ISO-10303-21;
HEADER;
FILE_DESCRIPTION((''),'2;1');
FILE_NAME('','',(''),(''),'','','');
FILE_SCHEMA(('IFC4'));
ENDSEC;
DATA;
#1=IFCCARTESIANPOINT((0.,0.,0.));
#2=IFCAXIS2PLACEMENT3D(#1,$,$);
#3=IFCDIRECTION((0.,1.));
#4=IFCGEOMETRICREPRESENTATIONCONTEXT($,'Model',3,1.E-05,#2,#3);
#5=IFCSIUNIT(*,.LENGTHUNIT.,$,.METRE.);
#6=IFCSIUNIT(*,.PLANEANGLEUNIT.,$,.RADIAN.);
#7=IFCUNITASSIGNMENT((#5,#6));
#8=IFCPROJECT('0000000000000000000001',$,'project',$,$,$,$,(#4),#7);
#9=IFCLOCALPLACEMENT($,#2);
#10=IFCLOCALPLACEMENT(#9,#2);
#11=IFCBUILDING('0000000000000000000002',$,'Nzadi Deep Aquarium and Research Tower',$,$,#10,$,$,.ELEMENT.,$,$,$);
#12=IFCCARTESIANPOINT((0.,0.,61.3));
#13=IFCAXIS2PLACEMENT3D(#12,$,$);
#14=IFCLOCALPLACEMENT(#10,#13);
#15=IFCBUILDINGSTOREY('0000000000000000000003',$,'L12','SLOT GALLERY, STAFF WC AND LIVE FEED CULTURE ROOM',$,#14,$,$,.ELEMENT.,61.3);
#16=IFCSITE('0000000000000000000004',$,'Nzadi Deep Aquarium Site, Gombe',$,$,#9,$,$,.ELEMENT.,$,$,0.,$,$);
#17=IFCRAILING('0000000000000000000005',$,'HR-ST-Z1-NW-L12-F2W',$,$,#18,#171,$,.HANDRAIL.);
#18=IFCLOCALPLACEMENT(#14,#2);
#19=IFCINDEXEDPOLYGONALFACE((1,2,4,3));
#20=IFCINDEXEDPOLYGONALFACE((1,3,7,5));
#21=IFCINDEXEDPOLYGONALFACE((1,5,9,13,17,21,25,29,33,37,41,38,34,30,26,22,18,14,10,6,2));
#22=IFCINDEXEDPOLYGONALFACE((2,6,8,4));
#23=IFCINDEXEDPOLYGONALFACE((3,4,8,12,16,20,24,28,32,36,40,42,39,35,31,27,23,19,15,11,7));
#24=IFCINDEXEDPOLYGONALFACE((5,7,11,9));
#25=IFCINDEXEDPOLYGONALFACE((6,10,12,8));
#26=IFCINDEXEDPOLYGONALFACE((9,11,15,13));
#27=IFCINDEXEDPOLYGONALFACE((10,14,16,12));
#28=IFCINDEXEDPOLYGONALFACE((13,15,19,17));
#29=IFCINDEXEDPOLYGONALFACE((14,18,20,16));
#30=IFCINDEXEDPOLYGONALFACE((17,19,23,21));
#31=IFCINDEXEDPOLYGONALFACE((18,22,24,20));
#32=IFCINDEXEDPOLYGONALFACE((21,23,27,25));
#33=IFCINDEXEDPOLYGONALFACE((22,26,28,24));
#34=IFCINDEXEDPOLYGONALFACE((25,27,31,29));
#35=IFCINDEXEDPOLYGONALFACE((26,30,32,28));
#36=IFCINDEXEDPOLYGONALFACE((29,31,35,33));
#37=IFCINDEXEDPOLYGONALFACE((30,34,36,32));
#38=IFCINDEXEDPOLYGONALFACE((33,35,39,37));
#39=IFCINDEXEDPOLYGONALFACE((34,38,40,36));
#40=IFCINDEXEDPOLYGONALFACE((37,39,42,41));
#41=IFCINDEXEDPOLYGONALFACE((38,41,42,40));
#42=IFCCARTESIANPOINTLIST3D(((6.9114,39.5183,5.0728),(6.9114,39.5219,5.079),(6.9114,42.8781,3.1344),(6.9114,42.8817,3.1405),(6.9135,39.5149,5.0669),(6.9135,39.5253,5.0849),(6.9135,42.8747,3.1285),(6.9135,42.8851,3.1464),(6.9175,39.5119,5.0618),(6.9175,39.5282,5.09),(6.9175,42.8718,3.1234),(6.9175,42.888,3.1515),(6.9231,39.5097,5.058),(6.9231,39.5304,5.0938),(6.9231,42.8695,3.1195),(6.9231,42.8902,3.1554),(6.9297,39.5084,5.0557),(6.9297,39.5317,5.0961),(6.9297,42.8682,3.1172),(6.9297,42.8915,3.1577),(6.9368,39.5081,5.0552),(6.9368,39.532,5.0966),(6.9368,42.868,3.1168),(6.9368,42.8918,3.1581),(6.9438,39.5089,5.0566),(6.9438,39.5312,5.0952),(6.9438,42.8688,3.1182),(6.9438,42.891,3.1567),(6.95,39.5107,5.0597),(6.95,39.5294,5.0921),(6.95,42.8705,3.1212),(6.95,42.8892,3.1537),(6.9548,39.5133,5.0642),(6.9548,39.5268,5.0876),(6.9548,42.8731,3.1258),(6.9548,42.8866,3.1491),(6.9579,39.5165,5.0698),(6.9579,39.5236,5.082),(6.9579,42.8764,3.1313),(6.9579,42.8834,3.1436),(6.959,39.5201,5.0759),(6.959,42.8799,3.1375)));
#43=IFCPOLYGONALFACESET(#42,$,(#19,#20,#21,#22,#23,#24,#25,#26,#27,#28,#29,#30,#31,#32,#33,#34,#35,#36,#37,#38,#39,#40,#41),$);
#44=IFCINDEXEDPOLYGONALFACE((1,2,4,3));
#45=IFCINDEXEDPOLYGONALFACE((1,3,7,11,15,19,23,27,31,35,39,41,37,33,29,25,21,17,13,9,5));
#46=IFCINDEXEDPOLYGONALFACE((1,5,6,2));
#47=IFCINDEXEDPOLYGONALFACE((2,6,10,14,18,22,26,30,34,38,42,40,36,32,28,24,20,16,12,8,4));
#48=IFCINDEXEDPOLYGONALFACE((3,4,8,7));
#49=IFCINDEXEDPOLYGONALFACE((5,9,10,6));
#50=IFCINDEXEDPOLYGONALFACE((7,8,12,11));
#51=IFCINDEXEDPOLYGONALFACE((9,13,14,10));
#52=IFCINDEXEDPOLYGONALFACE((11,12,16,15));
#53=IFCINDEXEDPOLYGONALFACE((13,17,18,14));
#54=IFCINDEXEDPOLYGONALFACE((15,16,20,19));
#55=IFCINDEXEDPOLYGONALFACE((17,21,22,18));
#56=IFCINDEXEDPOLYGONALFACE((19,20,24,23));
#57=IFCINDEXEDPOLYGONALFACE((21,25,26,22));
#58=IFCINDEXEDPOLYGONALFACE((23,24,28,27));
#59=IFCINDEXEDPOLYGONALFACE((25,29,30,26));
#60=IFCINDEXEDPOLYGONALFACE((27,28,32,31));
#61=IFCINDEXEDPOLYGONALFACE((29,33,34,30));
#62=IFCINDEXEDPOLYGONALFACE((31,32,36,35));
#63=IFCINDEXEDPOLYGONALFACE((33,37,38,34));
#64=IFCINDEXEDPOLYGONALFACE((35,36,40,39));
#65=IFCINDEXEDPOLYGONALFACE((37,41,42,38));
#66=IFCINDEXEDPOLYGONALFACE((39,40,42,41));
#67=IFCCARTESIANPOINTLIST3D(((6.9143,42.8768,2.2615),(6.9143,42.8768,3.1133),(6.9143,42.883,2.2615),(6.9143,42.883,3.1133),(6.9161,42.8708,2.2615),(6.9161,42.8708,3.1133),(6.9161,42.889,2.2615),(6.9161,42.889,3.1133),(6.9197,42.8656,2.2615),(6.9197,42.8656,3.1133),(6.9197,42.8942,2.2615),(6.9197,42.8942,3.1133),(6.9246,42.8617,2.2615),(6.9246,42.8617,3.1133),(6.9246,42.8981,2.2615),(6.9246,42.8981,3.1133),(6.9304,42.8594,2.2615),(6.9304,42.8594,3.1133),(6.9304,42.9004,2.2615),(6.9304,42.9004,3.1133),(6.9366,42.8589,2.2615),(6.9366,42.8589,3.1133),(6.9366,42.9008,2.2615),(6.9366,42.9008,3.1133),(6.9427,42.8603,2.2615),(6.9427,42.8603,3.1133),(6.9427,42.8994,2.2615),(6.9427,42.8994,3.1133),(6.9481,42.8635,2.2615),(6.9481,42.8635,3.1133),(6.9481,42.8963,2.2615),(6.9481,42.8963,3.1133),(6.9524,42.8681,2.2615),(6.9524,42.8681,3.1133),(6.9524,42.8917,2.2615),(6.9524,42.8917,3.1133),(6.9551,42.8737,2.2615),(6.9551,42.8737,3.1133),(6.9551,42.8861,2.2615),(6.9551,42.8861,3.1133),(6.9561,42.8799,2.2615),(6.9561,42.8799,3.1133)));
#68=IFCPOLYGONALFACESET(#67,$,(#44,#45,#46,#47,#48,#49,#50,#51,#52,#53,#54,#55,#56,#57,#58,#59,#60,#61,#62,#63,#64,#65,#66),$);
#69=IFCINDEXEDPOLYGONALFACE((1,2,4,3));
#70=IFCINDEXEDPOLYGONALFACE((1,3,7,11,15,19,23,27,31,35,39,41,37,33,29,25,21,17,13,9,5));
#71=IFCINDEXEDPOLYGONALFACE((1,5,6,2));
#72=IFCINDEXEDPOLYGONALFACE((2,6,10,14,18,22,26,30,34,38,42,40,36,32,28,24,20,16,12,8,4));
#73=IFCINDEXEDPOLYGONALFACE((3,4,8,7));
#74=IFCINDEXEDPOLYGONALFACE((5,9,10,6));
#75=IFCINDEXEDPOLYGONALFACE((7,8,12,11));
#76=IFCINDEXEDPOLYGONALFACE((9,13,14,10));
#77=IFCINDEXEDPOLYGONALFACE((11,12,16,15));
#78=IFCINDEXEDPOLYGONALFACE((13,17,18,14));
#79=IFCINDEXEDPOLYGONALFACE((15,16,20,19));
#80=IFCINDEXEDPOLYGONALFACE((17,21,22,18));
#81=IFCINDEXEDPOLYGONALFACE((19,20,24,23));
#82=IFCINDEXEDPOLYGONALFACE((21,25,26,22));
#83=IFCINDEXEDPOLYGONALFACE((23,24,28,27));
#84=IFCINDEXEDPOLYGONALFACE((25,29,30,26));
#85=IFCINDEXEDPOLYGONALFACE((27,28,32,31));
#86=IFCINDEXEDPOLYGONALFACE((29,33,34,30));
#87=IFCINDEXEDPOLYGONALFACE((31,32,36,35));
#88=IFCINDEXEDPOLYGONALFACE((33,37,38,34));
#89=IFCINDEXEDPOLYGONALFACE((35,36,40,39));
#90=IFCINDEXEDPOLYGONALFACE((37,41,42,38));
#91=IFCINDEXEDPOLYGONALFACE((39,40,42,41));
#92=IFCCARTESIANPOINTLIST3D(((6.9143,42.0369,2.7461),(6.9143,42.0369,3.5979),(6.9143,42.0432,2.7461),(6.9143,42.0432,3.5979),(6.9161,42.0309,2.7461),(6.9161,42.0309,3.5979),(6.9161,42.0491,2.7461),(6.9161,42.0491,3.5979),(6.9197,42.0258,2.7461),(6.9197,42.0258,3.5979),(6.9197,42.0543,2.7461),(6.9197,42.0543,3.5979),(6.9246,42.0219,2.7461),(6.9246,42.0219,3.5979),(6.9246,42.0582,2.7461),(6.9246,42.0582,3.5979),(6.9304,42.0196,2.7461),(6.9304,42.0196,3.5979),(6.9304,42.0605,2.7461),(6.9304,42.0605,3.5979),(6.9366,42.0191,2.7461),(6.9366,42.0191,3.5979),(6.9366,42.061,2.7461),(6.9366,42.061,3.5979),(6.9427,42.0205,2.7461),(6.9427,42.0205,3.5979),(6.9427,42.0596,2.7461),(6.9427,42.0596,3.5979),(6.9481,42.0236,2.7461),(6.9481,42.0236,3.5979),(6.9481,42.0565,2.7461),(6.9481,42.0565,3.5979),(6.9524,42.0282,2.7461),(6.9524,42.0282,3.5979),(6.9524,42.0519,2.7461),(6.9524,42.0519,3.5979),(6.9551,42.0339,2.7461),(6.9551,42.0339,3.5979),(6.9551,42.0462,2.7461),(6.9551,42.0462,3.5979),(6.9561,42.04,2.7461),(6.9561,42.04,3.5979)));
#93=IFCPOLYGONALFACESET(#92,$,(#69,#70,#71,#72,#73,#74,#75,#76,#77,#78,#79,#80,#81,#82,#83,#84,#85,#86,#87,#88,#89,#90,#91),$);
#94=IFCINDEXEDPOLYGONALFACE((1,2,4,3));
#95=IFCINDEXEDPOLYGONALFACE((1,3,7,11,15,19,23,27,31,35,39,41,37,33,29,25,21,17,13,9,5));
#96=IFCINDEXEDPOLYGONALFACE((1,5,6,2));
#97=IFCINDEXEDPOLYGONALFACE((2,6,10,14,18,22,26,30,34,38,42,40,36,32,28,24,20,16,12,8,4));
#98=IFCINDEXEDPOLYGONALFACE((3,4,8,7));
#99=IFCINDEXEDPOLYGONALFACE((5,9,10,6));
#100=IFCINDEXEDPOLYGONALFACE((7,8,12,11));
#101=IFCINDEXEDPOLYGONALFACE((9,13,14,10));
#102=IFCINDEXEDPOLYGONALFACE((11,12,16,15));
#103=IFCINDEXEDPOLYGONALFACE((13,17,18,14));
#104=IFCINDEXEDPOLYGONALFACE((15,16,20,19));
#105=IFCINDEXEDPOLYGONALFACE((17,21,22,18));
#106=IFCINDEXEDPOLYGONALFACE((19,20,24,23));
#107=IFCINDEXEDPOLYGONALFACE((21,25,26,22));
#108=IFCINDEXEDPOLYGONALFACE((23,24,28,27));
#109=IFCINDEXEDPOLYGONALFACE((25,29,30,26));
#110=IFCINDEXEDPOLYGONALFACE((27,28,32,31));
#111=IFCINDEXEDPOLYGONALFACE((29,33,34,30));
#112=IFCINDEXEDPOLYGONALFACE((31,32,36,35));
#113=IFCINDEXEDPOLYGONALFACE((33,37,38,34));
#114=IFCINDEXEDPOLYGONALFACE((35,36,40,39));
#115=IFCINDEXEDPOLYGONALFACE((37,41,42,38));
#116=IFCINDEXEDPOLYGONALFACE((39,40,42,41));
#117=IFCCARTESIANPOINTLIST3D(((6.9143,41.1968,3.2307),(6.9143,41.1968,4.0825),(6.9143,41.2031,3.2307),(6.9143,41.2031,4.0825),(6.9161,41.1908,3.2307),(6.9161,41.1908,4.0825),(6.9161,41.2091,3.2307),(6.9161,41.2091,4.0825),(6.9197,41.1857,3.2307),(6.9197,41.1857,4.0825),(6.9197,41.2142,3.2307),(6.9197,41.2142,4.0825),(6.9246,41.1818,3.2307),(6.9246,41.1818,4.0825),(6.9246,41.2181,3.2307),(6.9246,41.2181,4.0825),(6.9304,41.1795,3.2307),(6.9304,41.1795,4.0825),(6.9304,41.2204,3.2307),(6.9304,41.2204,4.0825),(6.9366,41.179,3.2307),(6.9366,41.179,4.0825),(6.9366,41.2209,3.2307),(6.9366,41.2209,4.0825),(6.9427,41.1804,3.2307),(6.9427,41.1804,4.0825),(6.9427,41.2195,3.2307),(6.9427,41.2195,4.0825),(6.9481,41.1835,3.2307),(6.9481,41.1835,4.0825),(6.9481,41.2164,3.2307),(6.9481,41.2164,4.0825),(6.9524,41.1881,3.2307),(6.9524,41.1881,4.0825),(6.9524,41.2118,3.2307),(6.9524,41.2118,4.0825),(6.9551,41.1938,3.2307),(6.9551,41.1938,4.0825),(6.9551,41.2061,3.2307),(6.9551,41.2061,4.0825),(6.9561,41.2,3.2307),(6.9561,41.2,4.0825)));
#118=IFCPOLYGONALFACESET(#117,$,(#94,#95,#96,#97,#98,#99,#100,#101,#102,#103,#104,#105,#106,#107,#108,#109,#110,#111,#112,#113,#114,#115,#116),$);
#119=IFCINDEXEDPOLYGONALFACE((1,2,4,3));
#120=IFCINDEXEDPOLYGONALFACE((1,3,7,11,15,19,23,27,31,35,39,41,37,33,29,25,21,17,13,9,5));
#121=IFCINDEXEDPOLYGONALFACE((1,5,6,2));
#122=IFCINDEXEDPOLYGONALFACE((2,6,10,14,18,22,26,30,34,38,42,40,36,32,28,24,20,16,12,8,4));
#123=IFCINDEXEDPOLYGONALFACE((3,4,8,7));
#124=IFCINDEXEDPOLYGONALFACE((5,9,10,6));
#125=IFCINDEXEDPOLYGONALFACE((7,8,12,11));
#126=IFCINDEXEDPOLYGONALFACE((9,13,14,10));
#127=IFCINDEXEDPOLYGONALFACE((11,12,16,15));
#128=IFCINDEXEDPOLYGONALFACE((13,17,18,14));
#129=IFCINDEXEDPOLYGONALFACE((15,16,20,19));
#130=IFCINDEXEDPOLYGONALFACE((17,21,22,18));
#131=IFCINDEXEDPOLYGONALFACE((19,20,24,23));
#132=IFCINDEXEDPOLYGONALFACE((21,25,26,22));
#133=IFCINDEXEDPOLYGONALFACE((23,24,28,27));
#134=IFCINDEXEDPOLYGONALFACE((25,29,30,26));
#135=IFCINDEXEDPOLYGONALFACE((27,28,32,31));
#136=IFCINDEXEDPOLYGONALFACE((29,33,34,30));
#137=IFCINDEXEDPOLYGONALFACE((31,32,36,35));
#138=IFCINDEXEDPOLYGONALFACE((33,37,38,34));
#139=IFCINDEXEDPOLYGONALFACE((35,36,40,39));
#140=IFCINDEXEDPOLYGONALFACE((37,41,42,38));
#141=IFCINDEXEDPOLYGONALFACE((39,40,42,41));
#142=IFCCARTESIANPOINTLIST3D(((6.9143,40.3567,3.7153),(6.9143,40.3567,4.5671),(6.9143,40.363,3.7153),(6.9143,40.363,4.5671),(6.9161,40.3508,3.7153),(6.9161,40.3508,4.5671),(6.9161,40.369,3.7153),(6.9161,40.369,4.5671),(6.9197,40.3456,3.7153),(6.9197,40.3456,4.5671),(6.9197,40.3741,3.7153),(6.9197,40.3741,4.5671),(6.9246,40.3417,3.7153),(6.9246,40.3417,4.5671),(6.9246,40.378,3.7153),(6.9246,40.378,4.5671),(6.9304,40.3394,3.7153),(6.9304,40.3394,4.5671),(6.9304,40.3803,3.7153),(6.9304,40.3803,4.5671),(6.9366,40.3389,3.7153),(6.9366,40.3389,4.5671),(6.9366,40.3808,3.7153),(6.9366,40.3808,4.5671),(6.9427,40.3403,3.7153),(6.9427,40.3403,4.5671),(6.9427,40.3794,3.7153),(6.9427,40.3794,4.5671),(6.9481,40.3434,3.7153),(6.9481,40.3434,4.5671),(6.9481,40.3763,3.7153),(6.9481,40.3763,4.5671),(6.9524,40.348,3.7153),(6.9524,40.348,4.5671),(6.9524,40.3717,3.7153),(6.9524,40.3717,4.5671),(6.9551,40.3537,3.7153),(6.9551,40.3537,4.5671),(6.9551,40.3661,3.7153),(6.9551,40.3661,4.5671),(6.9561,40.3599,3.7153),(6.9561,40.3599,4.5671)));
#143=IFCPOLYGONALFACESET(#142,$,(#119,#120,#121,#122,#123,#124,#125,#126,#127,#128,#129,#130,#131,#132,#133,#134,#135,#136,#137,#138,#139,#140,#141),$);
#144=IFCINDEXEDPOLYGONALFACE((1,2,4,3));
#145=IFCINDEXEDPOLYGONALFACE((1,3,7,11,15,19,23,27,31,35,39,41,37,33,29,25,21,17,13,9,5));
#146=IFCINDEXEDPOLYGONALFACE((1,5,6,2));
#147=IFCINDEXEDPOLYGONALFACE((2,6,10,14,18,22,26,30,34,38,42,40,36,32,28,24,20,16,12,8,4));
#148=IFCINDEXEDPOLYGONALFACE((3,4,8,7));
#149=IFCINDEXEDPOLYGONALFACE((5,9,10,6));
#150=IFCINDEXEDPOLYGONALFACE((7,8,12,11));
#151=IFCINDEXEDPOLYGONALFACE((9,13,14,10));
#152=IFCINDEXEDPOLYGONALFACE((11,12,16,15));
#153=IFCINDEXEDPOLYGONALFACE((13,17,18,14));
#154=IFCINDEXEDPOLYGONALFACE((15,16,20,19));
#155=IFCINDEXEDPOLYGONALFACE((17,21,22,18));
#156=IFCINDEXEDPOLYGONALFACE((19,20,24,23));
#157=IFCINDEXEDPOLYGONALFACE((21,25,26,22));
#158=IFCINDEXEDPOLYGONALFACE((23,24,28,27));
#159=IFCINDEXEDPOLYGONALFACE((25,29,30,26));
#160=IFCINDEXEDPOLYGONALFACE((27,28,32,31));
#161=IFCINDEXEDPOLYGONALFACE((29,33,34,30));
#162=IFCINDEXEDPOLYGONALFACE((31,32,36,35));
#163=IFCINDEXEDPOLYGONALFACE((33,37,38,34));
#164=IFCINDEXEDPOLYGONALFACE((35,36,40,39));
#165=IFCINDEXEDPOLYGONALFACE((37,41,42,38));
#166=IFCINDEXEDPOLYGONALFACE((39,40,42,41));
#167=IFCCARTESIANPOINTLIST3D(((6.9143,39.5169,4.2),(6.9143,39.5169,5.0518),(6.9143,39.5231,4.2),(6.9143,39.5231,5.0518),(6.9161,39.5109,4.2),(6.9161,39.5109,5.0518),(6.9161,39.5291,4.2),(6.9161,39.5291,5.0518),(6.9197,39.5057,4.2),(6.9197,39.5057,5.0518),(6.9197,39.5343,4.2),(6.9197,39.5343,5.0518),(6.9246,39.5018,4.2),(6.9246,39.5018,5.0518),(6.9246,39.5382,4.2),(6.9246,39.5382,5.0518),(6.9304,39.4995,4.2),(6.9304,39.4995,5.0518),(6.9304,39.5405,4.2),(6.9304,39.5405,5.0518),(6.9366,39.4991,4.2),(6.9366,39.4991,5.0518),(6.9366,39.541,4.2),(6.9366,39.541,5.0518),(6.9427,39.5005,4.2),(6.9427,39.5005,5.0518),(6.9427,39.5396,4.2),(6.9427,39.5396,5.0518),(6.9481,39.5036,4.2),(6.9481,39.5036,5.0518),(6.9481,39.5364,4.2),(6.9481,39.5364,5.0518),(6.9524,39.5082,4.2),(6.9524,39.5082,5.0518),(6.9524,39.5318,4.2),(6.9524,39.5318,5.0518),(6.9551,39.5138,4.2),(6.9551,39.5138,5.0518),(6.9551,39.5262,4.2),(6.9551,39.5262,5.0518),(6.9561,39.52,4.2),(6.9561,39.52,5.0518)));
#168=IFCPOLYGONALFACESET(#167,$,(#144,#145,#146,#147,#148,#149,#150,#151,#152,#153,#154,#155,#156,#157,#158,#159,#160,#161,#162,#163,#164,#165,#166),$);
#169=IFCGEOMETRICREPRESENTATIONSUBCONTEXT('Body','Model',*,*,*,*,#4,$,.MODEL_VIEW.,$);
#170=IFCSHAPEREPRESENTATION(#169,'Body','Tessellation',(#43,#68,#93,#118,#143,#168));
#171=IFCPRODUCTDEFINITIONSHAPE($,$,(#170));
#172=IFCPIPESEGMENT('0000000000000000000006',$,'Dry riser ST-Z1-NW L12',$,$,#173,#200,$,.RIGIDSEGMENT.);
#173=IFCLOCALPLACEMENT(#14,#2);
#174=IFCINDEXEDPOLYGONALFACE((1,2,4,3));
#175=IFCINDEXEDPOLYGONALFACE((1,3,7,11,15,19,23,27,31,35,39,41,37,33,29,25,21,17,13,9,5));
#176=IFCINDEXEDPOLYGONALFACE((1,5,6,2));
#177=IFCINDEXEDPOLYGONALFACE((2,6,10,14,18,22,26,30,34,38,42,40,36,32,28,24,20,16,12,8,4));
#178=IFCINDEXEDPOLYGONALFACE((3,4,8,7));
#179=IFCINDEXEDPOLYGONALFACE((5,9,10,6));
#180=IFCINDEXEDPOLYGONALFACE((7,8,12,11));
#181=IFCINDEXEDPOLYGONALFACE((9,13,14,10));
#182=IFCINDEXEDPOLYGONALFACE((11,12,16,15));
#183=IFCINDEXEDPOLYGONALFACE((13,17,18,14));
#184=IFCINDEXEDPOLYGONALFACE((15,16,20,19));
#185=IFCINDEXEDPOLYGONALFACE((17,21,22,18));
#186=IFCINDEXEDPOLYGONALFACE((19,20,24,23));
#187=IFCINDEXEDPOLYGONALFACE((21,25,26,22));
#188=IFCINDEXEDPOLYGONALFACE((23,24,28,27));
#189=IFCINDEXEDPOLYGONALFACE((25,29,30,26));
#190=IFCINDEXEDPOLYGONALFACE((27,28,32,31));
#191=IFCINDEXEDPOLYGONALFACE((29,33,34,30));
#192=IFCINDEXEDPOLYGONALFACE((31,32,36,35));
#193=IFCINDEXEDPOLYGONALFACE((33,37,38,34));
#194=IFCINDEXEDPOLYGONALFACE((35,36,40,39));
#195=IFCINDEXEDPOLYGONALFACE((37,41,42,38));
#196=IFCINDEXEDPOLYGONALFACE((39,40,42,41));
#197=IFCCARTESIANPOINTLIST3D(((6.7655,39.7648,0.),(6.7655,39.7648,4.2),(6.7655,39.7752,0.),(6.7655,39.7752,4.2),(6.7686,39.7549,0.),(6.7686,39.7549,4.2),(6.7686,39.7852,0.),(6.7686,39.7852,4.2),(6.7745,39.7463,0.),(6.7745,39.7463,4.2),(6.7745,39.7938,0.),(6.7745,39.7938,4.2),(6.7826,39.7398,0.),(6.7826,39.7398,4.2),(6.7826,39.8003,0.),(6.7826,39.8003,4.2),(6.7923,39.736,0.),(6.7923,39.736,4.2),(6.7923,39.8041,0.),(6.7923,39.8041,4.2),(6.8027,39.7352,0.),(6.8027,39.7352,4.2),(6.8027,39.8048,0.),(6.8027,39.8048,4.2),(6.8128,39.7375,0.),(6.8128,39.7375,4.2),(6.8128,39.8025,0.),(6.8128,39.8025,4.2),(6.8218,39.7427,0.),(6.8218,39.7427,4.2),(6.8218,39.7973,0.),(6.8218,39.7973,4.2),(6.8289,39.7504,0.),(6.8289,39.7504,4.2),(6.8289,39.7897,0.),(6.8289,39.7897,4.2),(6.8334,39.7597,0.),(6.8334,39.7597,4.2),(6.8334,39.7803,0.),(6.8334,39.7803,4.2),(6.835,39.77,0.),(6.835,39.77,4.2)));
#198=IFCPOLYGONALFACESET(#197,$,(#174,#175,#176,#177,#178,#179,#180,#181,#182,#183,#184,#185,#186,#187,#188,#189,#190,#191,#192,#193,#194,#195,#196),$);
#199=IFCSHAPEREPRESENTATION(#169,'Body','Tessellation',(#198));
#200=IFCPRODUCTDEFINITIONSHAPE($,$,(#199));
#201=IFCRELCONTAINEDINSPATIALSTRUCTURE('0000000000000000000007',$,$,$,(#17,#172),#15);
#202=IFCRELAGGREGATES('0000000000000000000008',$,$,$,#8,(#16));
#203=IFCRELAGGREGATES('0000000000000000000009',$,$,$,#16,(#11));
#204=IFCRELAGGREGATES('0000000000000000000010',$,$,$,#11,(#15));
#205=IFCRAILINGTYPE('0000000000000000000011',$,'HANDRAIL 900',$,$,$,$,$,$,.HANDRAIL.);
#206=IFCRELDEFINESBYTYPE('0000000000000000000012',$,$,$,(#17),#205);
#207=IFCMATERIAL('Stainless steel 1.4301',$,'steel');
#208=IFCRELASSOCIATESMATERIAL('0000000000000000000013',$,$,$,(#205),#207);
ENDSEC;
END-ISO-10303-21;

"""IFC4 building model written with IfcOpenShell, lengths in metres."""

from ifc_helpers import new_model, si_unit, direction, frame, origin, origin_2d, place, context, subcontext, project, spatial, circle, extrude, material, type_object, element, save


model = new_model("IFC4")

# Units and contexts
model_context = context("Model", 3, precision=1e-05, world=origin(), true_north=direction((0.0, 1.0)))
body_context = subcontext(model_context, "Body", "Model", "MODEL_VIEW")
ifc_project = project(units=[si_unit("LENGTHUNIT", "METRE"), si_unit("PLANEANGLEUNIT", "RADIAN")], contexts=[model_context])

# Site, building, storey
site_placement = place(None, origin())
site = spatial("IfcSite", under=ifc_project, at=site_placement, Name="Nzadi Deep Aquarium Site, Gombe", CompositionType="ELEMENT", RefElevation=0.0)
building_placement = place(site_placement, origin())
building = spatial("IfcBuilding", under=site, at=building_placement, Name="Nzadi Deep Aquarium and Research Tower", CompositionType="ELEMENT")
storey_placement = place(building_placement, frame((0.0, 0.0, 61.3)))
storey = spatial("IfcBuildingStorey", under=building, at=storey_placement, Name="L12", Description="SLOT GALLERY, STAFF WC AND LIVE FEED CULTURE ROOM", CompositionType="ELEMENT", Elevation=61.3)

# Railing
ifc_material_1 = material(Name="Stainless steel 1.4301", Category="steel")
railing_type = type_object("IfcRailingType", Name="HANDRAIL 900", PredefinedType="HANDRAIL", material=ifc_material_1)
for number, where, name in (
    (1, (6.9351, 42.8799, 2.2615), "HR-ST-Z1-NW-L12-F2W"),
):
    element("IfcRailing", number, at=place(storey_placement, frame(where)), inside=storey, type_object=railing_type, Name=name, PredefinedType="HANDRAIL", context=body_context, shape_type="SweptSolid", body=[
        extrude(circle(Radius=0.0239, at=origin_2d()), frame((0.0, 0.0, 0.876), z_axis=(0.0, -0.866175, 0.499741), x_axis=(1.0, 0.0, 0.0)), (0.0, 0.0, 1.0), 3.8789),
        extrude(circle(Radius=0.021, at=origin_2d()), origin(), (0.0, 0.0, 1.0), 0.8518),
        extrude(circle(Radius=0.021, at=origin_2d()), frame((0.0, -0.8398, 0.4846)), (0.0, 0.0, 1.0), 0.8518),
        extrude(circle(Radius=0.021, at=origin_2d()), frame((0.0, -1.6799, 0.9692)), (0.0, 0.0, 1.0), 0.8518),
        extrude(circle(Radius=0.021, at=origin_2d()), frame((0.0, -2.52, 1.4539)), (0.0, 0.0, 1.0), 0.8518),
        extrude(circle(Radius=0.021, at=origin_2d()), frame((0.0, -3.3599, 1.9385)), (0.0, 0.0, 1.0), 0.8518),
    ])

# Pipe segment
pipe_segment_placement = place(storey_placement, frame((6.8, 39.77, 0.0), z_axis=(0.0, 0.0, 1.0), x_axis=(1.0, 0.0, 0.0)))
element("IfcPipeSegment", 2, at=pipe_segment_placement, inside=storey, Name="Dry riser ST-Z1-NW L12", PredefinedType="RIGIDSEGMENT", context=body_context, shape_type="SweptSolid", body=[
    extrude(circle(Radius=0.0349, at=origin_2d()), origin(), (0.0, 0.0, 1.0), 4.2),
])

save(model, "model.ifc")
